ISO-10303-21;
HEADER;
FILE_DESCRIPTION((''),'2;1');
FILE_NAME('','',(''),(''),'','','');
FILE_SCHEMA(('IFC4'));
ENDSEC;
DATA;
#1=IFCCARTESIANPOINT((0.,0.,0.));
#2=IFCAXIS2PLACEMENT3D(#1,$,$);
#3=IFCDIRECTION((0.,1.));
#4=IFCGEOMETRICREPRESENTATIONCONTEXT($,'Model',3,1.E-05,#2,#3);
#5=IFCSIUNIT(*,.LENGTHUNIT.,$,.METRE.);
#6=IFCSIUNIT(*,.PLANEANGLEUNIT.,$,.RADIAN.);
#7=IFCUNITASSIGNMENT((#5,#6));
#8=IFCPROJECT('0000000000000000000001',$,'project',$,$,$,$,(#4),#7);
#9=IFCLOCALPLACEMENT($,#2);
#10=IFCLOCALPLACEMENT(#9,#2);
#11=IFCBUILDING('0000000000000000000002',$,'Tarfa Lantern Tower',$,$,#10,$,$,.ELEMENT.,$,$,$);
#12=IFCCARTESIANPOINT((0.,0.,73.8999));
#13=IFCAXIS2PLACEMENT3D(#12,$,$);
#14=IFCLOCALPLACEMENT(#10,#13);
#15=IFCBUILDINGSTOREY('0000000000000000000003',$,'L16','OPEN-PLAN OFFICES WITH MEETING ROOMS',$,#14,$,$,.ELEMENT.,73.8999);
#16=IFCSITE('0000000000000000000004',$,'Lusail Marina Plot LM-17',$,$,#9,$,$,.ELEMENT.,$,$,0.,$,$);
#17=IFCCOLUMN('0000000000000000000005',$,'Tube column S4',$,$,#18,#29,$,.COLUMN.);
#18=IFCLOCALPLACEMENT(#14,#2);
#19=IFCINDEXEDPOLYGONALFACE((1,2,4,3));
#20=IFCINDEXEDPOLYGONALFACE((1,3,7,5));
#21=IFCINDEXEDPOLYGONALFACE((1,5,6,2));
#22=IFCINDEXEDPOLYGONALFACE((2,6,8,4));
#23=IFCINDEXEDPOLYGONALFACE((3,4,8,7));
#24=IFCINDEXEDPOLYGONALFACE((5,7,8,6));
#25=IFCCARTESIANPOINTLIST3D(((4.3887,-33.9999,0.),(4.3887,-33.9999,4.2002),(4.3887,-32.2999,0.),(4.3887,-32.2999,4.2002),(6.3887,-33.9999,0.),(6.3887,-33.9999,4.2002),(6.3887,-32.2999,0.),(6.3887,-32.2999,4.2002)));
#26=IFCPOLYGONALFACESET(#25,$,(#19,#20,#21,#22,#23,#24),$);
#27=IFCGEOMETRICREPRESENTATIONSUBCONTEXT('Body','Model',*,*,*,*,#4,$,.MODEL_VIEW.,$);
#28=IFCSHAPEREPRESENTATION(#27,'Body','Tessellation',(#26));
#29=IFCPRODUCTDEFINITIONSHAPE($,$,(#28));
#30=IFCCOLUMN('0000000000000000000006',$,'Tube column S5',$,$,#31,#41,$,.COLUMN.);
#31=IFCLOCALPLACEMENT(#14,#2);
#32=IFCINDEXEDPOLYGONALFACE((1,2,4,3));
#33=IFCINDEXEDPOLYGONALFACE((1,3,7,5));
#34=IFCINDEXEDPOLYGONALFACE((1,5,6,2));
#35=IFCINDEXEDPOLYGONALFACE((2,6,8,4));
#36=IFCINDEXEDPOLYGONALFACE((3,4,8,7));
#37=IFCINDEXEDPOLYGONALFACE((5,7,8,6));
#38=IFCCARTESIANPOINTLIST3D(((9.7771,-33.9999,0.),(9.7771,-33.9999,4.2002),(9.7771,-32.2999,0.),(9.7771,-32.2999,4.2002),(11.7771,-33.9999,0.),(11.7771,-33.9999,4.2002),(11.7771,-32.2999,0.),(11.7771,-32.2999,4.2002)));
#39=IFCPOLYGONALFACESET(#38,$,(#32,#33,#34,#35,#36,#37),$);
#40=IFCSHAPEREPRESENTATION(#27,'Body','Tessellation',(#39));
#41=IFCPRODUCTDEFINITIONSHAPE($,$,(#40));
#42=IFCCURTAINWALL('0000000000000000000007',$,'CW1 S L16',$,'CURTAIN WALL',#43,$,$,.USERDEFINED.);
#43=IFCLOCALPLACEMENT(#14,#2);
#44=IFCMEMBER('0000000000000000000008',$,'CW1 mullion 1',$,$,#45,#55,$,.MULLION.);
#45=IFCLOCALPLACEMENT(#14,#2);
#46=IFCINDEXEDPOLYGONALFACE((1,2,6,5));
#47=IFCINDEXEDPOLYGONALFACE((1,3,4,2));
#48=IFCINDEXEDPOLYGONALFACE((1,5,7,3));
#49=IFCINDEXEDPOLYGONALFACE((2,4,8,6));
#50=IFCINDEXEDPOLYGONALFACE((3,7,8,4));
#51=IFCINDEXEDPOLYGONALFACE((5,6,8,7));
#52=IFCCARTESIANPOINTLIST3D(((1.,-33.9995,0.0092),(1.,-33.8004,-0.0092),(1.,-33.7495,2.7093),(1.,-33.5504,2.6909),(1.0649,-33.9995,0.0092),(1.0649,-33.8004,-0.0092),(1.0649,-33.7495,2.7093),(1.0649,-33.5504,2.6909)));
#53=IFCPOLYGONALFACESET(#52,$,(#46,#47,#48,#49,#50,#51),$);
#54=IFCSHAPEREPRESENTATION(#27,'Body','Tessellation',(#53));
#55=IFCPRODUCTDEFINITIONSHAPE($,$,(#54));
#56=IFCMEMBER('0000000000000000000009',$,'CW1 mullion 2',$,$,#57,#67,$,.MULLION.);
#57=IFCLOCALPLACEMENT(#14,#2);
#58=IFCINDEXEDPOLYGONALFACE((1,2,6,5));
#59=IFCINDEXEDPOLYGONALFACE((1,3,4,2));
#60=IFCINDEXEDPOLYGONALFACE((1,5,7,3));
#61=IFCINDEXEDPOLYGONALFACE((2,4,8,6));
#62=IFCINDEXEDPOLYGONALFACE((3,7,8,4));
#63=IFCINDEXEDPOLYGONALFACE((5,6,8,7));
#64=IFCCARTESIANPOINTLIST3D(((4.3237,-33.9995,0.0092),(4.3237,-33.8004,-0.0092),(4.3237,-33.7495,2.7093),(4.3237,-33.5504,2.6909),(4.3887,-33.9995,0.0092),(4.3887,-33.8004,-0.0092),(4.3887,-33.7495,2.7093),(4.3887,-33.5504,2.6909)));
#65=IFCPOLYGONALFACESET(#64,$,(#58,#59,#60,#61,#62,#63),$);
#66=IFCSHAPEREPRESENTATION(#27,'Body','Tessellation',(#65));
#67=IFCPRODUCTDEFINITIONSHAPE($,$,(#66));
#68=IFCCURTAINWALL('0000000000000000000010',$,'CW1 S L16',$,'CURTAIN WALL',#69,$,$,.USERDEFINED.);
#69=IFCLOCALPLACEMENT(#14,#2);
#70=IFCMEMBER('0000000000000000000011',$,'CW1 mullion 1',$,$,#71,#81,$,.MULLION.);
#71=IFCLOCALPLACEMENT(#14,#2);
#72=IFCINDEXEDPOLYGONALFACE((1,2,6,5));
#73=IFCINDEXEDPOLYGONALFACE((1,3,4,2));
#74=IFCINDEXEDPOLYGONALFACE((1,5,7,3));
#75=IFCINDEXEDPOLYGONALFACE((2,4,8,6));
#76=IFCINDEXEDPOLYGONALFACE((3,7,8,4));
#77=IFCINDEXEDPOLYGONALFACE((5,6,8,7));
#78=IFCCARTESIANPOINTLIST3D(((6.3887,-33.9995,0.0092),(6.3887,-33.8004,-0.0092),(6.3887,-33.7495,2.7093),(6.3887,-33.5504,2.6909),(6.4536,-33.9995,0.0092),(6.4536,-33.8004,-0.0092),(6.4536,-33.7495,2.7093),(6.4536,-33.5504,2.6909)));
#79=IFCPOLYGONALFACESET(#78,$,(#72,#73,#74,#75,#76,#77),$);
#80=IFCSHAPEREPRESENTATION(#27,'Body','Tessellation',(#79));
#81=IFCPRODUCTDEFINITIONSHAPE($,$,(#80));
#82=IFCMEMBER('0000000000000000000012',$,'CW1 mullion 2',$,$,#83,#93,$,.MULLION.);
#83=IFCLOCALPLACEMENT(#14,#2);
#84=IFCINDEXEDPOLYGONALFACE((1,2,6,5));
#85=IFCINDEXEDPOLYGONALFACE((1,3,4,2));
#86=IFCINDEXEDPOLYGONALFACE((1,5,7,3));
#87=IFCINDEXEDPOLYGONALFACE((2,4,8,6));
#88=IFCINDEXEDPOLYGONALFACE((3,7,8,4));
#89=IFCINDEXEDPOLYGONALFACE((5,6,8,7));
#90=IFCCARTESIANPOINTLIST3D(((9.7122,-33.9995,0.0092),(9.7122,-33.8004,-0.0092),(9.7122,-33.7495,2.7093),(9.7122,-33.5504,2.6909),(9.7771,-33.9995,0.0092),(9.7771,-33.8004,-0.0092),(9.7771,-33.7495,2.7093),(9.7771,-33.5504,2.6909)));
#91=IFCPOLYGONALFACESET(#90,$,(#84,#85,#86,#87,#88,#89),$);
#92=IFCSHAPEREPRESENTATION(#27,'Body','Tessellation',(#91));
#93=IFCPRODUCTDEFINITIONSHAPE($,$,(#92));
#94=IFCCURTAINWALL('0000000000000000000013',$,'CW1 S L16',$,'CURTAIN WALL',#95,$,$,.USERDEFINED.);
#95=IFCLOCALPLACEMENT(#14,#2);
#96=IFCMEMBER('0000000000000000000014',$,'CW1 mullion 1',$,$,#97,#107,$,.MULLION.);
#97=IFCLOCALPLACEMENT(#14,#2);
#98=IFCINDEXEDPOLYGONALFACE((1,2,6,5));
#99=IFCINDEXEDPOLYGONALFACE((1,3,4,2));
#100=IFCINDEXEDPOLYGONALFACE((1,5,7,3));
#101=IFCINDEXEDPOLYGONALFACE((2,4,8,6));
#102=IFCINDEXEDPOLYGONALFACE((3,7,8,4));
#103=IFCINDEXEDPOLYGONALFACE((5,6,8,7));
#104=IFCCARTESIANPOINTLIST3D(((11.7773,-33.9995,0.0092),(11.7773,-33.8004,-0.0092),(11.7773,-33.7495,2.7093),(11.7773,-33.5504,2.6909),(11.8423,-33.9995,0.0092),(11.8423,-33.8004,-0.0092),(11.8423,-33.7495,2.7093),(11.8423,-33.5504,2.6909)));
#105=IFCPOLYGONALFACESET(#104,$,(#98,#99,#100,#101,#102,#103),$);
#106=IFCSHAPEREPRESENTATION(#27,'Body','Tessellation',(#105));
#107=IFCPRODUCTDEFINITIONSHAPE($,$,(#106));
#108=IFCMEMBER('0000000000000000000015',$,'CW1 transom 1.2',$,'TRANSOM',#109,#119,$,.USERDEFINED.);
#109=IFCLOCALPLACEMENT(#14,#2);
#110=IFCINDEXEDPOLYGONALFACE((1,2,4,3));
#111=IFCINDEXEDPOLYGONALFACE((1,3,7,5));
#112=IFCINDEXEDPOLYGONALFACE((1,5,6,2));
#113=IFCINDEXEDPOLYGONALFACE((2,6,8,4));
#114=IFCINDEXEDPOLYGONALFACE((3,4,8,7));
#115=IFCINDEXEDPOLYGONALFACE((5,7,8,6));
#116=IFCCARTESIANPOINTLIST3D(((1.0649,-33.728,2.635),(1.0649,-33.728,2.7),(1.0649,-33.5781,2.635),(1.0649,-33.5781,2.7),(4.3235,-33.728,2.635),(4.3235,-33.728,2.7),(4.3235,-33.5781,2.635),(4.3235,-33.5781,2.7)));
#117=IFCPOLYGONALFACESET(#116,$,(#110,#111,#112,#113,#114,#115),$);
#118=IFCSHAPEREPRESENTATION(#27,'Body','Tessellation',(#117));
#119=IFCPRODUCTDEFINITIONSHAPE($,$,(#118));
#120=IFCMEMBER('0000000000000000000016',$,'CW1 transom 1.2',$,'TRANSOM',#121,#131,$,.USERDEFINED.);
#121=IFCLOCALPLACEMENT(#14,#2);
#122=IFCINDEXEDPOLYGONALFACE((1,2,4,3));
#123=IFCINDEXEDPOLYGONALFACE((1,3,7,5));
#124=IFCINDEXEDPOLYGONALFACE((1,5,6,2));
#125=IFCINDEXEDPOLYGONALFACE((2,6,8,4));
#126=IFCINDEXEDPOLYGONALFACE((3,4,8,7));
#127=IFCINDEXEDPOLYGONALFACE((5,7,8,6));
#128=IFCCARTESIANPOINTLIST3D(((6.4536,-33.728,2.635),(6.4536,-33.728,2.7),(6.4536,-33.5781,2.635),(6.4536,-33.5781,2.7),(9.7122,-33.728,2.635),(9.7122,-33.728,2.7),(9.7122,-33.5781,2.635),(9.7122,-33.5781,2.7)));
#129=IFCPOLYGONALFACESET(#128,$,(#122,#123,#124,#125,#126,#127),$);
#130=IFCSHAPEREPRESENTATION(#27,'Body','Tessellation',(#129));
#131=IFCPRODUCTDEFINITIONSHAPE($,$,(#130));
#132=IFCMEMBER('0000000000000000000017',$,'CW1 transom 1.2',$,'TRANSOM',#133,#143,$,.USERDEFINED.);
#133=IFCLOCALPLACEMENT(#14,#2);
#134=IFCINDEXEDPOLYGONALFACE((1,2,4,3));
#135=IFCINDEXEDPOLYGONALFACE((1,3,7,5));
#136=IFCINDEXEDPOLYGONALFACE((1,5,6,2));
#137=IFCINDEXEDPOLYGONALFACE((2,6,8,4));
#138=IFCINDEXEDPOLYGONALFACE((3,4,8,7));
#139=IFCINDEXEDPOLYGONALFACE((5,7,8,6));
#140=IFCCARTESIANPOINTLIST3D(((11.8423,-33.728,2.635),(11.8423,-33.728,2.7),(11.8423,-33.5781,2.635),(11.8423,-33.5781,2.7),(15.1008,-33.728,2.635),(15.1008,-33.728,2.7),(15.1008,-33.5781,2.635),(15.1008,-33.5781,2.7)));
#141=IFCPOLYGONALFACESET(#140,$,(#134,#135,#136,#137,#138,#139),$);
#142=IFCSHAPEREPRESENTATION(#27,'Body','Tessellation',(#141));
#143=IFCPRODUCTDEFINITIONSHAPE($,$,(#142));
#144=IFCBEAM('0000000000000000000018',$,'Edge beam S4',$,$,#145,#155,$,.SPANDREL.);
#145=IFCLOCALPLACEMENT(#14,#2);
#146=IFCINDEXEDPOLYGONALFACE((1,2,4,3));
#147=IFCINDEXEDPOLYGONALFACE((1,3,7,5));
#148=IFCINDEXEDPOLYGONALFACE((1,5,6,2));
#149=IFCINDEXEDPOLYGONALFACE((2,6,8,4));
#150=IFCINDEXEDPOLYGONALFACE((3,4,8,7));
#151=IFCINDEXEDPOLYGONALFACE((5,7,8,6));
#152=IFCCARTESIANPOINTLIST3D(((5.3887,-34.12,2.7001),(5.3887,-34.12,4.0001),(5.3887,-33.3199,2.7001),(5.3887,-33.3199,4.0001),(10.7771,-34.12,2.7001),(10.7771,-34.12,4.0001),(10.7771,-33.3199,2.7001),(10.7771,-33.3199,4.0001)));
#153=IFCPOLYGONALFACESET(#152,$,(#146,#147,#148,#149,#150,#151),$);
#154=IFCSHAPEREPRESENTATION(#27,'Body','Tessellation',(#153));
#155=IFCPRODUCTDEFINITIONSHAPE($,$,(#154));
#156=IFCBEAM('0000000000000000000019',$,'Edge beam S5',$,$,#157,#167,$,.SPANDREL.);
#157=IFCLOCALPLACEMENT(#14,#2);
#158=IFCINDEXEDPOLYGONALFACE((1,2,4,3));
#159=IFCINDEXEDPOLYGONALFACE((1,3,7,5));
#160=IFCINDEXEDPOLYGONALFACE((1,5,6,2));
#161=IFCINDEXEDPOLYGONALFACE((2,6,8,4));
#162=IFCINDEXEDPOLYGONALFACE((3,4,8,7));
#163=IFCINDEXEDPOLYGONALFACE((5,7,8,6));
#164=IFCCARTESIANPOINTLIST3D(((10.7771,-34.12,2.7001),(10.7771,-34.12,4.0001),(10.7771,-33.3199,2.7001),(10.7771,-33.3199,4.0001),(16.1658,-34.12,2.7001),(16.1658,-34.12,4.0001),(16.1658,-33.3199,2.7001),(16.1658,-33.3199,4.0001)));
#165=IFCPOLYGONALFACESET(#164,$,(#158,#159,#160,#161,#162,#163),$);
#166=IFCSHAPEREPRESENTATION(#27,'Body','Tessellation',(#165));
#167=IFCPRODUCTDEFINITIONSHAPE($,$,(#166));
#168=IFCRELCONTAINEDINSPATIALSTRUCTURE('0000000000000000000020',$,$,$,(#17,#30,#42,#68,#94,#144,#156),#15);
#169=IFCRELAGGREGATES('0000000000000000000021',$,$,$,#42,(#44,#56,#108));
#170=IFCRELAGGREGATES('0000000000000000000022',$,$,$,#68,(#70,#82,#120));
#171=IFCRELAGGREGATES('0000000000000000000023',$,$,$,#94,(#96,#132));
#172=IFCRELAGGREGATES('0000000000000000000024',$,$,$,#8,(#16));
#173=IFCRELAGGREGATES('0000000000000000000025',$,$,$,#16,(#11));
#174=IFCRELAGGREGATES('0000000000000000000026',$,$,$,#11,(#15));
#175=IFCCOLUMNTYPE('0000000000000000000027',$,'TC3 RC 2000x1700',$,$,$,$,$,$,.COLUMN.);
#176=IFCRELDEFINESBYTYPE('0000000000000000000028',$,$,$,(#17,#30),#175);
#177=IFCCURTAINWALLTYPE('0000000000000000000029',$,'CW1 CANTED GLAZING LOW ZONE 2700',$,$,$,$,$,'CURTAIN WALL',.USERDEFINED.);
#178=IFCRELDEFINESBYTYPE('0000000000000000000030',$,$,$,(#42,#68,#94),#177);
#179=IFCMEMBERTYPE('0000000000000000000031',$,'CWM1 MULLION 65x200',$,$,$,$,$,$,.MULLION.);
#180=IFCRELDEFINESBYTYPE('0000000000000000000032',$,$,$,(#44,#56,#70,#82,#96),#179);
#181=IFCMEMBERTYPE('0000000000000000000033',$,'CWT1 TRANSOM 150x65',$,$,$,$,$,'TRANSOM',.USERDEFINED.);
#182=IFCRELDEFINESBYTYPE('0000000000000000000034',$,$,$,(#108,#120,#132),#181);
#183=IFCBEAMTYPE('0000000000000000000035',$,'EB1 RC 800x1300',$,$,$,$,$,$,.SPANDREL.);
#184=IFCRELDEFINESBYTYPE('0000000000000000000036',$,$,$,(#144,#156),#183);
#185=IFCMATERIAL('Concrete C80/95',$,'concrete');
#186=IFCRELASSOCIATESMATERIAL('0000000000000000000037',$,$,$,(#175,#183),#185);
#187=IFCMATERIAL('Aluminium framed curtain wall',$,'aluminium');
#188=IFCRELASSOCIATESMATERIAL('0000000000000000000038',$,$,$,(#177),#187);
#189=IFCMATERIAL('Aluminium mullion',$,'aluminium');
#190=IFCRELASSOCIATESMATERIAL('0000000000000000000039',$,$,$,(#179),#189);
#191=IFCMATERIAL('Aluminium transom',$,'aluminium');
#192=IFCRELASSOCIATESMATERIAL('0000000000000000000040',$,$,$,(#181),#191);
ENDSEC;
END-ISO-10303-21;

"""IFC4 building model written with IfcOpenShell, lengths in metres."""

from ifc_helpers import new_model, si_unit, direction, frame, origin, origin_2d, place, context, subcontext, project, spatial, rectangle, extrude, material, material_profile, profile_set, type_object, element, aggregate, save


model = new_model("IFC4")

# Units and contexts
model_context = context("Model", 3, precision=1e-05, world=origin(), true_north=direction((0.0, 1.0)))
body_context = subcontext(model_context, "Body", "Model", "MODEL_VIEW")
ifc_project = project(units=[si_unit("LENGTHUNIT", "METRE"), si_unit("PLANEANGLEUNIT", "RADIAN")], contexts=[model_context])

# Site, building, storey
site_placement = place(None, origin())
site = spatial("IfcSite", under=ifc_project, at=site_placement, Name="Lusail Marina Plot LM-17", CompositionType="ELEMENT", RefElevation=0.0)
building_placement = place(site_placement, origin())
building = spatial("IfcBuilding", under=site, at=building_placement, Name="Tarfa Lantern Tower", CompositionType="ELEMENT")
storey_placement = place(building_placement, frame((0.0, 0.0, 73.8999)))
storey = spatial("IfcBuildingStorey", under=building, at=storey_placement, Name="L16", Description="OPEN-PLAN OFFICES WITH MEETING ROOMS", CompositionType="ELEMENT", Elevation=73.8999)

# Columns
ifc_material_1 = material(Name="Concrete C80/95", Category="concrete")
ifc_material_profile_1 = material_profile(ifc_material_1, rectangle(XDim=2.0, YDim=1.7, at=origin_2d()), Name="RC 2000x1700")
ifc_profile_set_1 = profile_set([ifc_material_profile_1], Name="Concrete C80/95")
column_type = type_object("IfcColumnType", Name="TC3 RC 2000x1700", PredefinedType="COLUMN", material=ifc_profile_set_1)
for number, where, z_axis, x_axis, name in (
    (1, (5.3887, -33.1499, 0.0), (0.0, 0.0, 1.0), (1.0, 0.0, 0.0), "Tube column S4"),
    (2, (10.7771, -33.1499, 0.0), (0.0, 0.0, 1.0), (1.0, 0.0, 0.0), "Tube column S5"),
):
    element("IfcColumn", number, at=place(storey_placement, frame(where, z_axis=z_axis, x_axis=x_axis)), inside=storey, type_object=column_type, Name=name, PredefinedType="COLUMN", context=body_context, shape_type="SweptSolid", body=[
        extrude(rectangle(XDim=2.0, YDim=1.7, at=origin_2d()), origin(), (0.0, 0.0, 1.0), 4.2002),
    ])

# Curtain walls, members
ifc_material_2 = material(Name="Aluminium framed curtain wall", Category="aluminium")
curtain_wall_type = type_object("IfcCurtainWallType", Name="CW1 CANTED GLAZING LOW ZONE 2700", ElementType="CURTAIN WALL", PredefinedType="USERDEFINED", material=ifc_material_2)
curtain_wall_1_placement = place(storey_placement, origin())
curtain_wall_1 = element("IfcCurtainWall", 3, at=curtain_wall_1_placement, inside=storey, type_object=curtain_wall_type, Name="CW1 S L16", ObjectType="CURTAIN WALL", PredefinedType="USERDEFINED")
ifc_material_3 = material(Name="Aluminium mullion", Category="aluminium")
ifc_material_profile_2 = material_profile(ifc_material_3, rectangle(XDim=0.0649, YDim=0.2, at=origin_2d()), Name="AL MULLION 65x200")
ifc_profile_set_2 = profile_set([ifc_material_profile_2], Name="Aluminium mullion")
member_type_1 = type_object("IfcMemberType", Name="CWM1 MULLION 65x200", PredefinedType="MULLION", material=ifc_profile_set_2)
member_1_placement = place(storey_placement, frame((1.0325, -33.8999, 0.0), z_axis=(0.0, 0.092192, 0.995741), x_axis=(-1.0, 0.0, 0.0)))
member_1 = element("IfcMember", 4, at=member_1_placement, type_object=member_type_1, Name="CW1 mullion 1", PredefinedType="MULLION", context=body_context, shape_type="SweptSolid", body=[
    extrude(rectangle(XDim=0.0649, YDim=0.2, at=origin_2d()), origin(), (0.0, 0.0, 1.0), 2.7117),
])
member_2_placement = place(storey_placement, frame((4.3562, -33.8999, 0.0), z_axis=(0.0, 0.092192, 0.995741), x_axis=(-1.0, 0.0, 0.0)))
member_2 = element("IfcMember", 5, at=member_2_placement, type_object=member_type_1, Name="CW1 mullion 2", PredefinedType="MULLION", context=body_context, shape_type="SweptSolid", body=[
    extrude(rectangle(XDim=0.0649, YDim=0.2, at=origin_2d()), origin(), (0.0, 0.0, 1.0), 2.7117),
])
curtain_wall_2_placement = place(storey_placement, origin())
curtain_wall_2 = element("IfcCurtainWall", 6, at=curtain_wall_2_placement, inside=storey, type_object=curtain_wall_type, Name="CW1 S L16", ObjectType="CURTAIN WALL", PredefinedType="USERDEFINED")
member_3_placement = place(storey_placement, frame((6.4211, -33.8999, 0.0), z_axis=(0.0, 0.092192, 0.995741), x_axis=(-1.0, 0.0, 0.0)))
member_3 = element("IfcMember", 7, at=member_3_placement, type_object=member_type_1, Name="CW1 mullion 1", PredefinedType="MULLION", context=body_context, shape_type="SweptSolid", body=[
    extrude(rectangle(XDim=0.0649, YDim=0.2, at=origin_2d()), origin(), (0.0, 0.0, 1.0), 2.7117),
])
member_4_placement = place(storey_placement, frame((9.7446, -33.8999, 0.0), z_axis=(0.0, 0.092192, 0.995741), x_axis=(-1.0, 0.0, 0.0)))
member_4 = element("IfcMember", 8, at=member_4_placement, type_object=member_type_1, Name="CW1 mullion 2", PredefinedType="MULLION", context=body_context, shape_type="SweptSolid", body=[
    extrude(rectangle(XDim=0.0649, YDim=0.2, at=origin_2d()), origin(), (0.0, 0.0, 1.0), 2.7117),
])

# Curtain wall, member
curtain_wall_3_placement = place(storey_placement, origin())
curtain_wall_3 = element("IfcCurtainWall", 9, at=curtain_wall_3_placement, inside=storey, type_object=curtain_wall_type, Name="CW1 S L16", ObjectType="CURTAIN WALL", PredefinedType="USERDEFINED")
member_5_placement = place(storey_placement, frame((11.8098, -33.8999, 0.0), z_axis=(0.0, 0.092192, 0.995741), x_axis=(-1.0, 0.0, 0.0)))
member_5 = element("IfcMember", 10, at=member_5_placement, type_object=member_type_1, Name="CW1 mullion 1", PredefinedType="MULLION", context=body_context, shape_type="SweptSolid", body=[
    extrude(rectangle(XDim=0.0649, YDim=0.2, at=origin_2d()), origin(), (0.0, 0.0, 1.0), 2.7117),
])

# Members
ifc_material_4 = material(Name="Aluminium transom", Category="aluminium")
ifc_material_profile_3 = material_profile(ifc_material_4, rectangle(XDim=0.1499, YDim=0.0649, at=origin_2d()), Name="AL TRANSOM 150x65")
ifc_profile_set_3 = profile_set([ifc_material_profile_3], Name="Aluminium transom")
member_type_2 = type_object("IfcMemberType", Name="CWT1 TRANSOM 150x65", ElementType="TRANSOM", PredefinedType="USERDEFINED", material=ifc_profile_set_3)
member_6_placement = place(storey_placement, frame((1.0649, -33.6531, 2.6675), z_axis=(1.0, 0.0, 0.0), x_axis=(0.0, 1.0, 0.0)))
member_6 = element("IfcMember", 11, at=member_6_placement, type_object=member_type_2, Name="CW1 transom 1.2", ObjectType="TRANSOM", PredefinedType="USERDEFINED", context=body_context, shape_type="SweptSolid", body=[
    extrude(rectangle(XDim=0.1499, YDim=0.0649, at=origin_2d()), origin(), (0.0, 0.0, 1.0), 3.2585),
])
member_7_placement = place(storey_placement, frame((6.4536, -33.6531, 2.6675), z_axis=(1.0, 0.0, 0.0), x_axis=(0.0, 1.0, 0.0)))
member_7 = element("IfcMember", 12, at=member_7_placement, type_object=member_type_2, Name="CW1 transom 1.2", ObjectType="TRANSOM", PredefinedType="USERDEFINED", context=body_context, shape_type="SweptSolid", body=[
    extrude(rectangle(XDim=0.1499, YDim=0.0649, at=origin_2d()), origin(), (0.0, 0.0, 1.0), 3.2585),
])
member_8_placement = place(storey_placement, frame((11.8423, -33.6531, 2.6675), z_axis=(1.0, 0.0, 0.0), x_axis=(0.0, 1.0, 0.0)))
member_8 = element("IfcMember", 13, at=member_8_placement, type_object=member_type_2, Name="CW1 transom 1.2", ObjectType="TRANSOM", PredefinedType="USERDEFINED", context=body_context, shape_type="SweptSolid", body=[
    extrude(rectangle(XDim=0.1499, YDim=0.0649, at=origin_2d()), origin(), (0.0, 0.0, 1.0), 3.2585),
])

# Beams
ifc_material_profile_4 = material_profile(ifc_material_1, rectangle(XDim=0.8, YDim=1.3, at=origin_2d()), Name="RC 800x1300")
ifc_profile_set_4 = profile_set([ifc_material_profile_4], Name="Concrete C80/95")
beam_type_1 = type_object("IfcBeamType", Name="EB1 RC 800x1300", PredefinedType="SPANDREL", material=ifc_profile_set_4)
beam_1_placement = place(storey_placement, frame((5.3887, -33.72, 3.3501), z_axis=(1.0, 0.0, 0.0), x_axis=(0.0, 1.0, 0.0)))
element("IfcBeam", 14, at=beam_1_placement, inside=storey, type_object=beam_type_1, Name="Edge beam S4", PredefinedType="SPANDREL", context=body_context, shape_type="SweptSolid", body=[
    extrude(rectangle(XDim=0.8, YDim=1.3, at=origin_2d()), origin(), (0.0, 0.0, 1.0), 5.3884),
])
beam_2_placement = place(storey_placement, frame((10.7771, -33.72, 3.3501), z_axis=(1.0, 0.0, 0.0), x_axis=(0.0, 1.0, 0.0)))
element("IfcBeam", 15, at=beam_2_placement, inside=storey, type_object=beam_type_1, Name="Edge beam S5", PredefinedType="SPANDREL", context=body_context, shape_type="SweptSolid", body=[
    extrude(rectangle(XDim=0.8, YDim=1.3, at=origin_2d()), origin(), (0.0, 0.0, 1.0), 5.3887),
])

aggregate(curtain_wall_1, [member_1, member_2, member_6])
aggregate(curtain_wall_2, [member_3, member_4, member_7])
aggregate(curtain_wall_3, [member_5, member_8])

save(model, "model.ifc")
